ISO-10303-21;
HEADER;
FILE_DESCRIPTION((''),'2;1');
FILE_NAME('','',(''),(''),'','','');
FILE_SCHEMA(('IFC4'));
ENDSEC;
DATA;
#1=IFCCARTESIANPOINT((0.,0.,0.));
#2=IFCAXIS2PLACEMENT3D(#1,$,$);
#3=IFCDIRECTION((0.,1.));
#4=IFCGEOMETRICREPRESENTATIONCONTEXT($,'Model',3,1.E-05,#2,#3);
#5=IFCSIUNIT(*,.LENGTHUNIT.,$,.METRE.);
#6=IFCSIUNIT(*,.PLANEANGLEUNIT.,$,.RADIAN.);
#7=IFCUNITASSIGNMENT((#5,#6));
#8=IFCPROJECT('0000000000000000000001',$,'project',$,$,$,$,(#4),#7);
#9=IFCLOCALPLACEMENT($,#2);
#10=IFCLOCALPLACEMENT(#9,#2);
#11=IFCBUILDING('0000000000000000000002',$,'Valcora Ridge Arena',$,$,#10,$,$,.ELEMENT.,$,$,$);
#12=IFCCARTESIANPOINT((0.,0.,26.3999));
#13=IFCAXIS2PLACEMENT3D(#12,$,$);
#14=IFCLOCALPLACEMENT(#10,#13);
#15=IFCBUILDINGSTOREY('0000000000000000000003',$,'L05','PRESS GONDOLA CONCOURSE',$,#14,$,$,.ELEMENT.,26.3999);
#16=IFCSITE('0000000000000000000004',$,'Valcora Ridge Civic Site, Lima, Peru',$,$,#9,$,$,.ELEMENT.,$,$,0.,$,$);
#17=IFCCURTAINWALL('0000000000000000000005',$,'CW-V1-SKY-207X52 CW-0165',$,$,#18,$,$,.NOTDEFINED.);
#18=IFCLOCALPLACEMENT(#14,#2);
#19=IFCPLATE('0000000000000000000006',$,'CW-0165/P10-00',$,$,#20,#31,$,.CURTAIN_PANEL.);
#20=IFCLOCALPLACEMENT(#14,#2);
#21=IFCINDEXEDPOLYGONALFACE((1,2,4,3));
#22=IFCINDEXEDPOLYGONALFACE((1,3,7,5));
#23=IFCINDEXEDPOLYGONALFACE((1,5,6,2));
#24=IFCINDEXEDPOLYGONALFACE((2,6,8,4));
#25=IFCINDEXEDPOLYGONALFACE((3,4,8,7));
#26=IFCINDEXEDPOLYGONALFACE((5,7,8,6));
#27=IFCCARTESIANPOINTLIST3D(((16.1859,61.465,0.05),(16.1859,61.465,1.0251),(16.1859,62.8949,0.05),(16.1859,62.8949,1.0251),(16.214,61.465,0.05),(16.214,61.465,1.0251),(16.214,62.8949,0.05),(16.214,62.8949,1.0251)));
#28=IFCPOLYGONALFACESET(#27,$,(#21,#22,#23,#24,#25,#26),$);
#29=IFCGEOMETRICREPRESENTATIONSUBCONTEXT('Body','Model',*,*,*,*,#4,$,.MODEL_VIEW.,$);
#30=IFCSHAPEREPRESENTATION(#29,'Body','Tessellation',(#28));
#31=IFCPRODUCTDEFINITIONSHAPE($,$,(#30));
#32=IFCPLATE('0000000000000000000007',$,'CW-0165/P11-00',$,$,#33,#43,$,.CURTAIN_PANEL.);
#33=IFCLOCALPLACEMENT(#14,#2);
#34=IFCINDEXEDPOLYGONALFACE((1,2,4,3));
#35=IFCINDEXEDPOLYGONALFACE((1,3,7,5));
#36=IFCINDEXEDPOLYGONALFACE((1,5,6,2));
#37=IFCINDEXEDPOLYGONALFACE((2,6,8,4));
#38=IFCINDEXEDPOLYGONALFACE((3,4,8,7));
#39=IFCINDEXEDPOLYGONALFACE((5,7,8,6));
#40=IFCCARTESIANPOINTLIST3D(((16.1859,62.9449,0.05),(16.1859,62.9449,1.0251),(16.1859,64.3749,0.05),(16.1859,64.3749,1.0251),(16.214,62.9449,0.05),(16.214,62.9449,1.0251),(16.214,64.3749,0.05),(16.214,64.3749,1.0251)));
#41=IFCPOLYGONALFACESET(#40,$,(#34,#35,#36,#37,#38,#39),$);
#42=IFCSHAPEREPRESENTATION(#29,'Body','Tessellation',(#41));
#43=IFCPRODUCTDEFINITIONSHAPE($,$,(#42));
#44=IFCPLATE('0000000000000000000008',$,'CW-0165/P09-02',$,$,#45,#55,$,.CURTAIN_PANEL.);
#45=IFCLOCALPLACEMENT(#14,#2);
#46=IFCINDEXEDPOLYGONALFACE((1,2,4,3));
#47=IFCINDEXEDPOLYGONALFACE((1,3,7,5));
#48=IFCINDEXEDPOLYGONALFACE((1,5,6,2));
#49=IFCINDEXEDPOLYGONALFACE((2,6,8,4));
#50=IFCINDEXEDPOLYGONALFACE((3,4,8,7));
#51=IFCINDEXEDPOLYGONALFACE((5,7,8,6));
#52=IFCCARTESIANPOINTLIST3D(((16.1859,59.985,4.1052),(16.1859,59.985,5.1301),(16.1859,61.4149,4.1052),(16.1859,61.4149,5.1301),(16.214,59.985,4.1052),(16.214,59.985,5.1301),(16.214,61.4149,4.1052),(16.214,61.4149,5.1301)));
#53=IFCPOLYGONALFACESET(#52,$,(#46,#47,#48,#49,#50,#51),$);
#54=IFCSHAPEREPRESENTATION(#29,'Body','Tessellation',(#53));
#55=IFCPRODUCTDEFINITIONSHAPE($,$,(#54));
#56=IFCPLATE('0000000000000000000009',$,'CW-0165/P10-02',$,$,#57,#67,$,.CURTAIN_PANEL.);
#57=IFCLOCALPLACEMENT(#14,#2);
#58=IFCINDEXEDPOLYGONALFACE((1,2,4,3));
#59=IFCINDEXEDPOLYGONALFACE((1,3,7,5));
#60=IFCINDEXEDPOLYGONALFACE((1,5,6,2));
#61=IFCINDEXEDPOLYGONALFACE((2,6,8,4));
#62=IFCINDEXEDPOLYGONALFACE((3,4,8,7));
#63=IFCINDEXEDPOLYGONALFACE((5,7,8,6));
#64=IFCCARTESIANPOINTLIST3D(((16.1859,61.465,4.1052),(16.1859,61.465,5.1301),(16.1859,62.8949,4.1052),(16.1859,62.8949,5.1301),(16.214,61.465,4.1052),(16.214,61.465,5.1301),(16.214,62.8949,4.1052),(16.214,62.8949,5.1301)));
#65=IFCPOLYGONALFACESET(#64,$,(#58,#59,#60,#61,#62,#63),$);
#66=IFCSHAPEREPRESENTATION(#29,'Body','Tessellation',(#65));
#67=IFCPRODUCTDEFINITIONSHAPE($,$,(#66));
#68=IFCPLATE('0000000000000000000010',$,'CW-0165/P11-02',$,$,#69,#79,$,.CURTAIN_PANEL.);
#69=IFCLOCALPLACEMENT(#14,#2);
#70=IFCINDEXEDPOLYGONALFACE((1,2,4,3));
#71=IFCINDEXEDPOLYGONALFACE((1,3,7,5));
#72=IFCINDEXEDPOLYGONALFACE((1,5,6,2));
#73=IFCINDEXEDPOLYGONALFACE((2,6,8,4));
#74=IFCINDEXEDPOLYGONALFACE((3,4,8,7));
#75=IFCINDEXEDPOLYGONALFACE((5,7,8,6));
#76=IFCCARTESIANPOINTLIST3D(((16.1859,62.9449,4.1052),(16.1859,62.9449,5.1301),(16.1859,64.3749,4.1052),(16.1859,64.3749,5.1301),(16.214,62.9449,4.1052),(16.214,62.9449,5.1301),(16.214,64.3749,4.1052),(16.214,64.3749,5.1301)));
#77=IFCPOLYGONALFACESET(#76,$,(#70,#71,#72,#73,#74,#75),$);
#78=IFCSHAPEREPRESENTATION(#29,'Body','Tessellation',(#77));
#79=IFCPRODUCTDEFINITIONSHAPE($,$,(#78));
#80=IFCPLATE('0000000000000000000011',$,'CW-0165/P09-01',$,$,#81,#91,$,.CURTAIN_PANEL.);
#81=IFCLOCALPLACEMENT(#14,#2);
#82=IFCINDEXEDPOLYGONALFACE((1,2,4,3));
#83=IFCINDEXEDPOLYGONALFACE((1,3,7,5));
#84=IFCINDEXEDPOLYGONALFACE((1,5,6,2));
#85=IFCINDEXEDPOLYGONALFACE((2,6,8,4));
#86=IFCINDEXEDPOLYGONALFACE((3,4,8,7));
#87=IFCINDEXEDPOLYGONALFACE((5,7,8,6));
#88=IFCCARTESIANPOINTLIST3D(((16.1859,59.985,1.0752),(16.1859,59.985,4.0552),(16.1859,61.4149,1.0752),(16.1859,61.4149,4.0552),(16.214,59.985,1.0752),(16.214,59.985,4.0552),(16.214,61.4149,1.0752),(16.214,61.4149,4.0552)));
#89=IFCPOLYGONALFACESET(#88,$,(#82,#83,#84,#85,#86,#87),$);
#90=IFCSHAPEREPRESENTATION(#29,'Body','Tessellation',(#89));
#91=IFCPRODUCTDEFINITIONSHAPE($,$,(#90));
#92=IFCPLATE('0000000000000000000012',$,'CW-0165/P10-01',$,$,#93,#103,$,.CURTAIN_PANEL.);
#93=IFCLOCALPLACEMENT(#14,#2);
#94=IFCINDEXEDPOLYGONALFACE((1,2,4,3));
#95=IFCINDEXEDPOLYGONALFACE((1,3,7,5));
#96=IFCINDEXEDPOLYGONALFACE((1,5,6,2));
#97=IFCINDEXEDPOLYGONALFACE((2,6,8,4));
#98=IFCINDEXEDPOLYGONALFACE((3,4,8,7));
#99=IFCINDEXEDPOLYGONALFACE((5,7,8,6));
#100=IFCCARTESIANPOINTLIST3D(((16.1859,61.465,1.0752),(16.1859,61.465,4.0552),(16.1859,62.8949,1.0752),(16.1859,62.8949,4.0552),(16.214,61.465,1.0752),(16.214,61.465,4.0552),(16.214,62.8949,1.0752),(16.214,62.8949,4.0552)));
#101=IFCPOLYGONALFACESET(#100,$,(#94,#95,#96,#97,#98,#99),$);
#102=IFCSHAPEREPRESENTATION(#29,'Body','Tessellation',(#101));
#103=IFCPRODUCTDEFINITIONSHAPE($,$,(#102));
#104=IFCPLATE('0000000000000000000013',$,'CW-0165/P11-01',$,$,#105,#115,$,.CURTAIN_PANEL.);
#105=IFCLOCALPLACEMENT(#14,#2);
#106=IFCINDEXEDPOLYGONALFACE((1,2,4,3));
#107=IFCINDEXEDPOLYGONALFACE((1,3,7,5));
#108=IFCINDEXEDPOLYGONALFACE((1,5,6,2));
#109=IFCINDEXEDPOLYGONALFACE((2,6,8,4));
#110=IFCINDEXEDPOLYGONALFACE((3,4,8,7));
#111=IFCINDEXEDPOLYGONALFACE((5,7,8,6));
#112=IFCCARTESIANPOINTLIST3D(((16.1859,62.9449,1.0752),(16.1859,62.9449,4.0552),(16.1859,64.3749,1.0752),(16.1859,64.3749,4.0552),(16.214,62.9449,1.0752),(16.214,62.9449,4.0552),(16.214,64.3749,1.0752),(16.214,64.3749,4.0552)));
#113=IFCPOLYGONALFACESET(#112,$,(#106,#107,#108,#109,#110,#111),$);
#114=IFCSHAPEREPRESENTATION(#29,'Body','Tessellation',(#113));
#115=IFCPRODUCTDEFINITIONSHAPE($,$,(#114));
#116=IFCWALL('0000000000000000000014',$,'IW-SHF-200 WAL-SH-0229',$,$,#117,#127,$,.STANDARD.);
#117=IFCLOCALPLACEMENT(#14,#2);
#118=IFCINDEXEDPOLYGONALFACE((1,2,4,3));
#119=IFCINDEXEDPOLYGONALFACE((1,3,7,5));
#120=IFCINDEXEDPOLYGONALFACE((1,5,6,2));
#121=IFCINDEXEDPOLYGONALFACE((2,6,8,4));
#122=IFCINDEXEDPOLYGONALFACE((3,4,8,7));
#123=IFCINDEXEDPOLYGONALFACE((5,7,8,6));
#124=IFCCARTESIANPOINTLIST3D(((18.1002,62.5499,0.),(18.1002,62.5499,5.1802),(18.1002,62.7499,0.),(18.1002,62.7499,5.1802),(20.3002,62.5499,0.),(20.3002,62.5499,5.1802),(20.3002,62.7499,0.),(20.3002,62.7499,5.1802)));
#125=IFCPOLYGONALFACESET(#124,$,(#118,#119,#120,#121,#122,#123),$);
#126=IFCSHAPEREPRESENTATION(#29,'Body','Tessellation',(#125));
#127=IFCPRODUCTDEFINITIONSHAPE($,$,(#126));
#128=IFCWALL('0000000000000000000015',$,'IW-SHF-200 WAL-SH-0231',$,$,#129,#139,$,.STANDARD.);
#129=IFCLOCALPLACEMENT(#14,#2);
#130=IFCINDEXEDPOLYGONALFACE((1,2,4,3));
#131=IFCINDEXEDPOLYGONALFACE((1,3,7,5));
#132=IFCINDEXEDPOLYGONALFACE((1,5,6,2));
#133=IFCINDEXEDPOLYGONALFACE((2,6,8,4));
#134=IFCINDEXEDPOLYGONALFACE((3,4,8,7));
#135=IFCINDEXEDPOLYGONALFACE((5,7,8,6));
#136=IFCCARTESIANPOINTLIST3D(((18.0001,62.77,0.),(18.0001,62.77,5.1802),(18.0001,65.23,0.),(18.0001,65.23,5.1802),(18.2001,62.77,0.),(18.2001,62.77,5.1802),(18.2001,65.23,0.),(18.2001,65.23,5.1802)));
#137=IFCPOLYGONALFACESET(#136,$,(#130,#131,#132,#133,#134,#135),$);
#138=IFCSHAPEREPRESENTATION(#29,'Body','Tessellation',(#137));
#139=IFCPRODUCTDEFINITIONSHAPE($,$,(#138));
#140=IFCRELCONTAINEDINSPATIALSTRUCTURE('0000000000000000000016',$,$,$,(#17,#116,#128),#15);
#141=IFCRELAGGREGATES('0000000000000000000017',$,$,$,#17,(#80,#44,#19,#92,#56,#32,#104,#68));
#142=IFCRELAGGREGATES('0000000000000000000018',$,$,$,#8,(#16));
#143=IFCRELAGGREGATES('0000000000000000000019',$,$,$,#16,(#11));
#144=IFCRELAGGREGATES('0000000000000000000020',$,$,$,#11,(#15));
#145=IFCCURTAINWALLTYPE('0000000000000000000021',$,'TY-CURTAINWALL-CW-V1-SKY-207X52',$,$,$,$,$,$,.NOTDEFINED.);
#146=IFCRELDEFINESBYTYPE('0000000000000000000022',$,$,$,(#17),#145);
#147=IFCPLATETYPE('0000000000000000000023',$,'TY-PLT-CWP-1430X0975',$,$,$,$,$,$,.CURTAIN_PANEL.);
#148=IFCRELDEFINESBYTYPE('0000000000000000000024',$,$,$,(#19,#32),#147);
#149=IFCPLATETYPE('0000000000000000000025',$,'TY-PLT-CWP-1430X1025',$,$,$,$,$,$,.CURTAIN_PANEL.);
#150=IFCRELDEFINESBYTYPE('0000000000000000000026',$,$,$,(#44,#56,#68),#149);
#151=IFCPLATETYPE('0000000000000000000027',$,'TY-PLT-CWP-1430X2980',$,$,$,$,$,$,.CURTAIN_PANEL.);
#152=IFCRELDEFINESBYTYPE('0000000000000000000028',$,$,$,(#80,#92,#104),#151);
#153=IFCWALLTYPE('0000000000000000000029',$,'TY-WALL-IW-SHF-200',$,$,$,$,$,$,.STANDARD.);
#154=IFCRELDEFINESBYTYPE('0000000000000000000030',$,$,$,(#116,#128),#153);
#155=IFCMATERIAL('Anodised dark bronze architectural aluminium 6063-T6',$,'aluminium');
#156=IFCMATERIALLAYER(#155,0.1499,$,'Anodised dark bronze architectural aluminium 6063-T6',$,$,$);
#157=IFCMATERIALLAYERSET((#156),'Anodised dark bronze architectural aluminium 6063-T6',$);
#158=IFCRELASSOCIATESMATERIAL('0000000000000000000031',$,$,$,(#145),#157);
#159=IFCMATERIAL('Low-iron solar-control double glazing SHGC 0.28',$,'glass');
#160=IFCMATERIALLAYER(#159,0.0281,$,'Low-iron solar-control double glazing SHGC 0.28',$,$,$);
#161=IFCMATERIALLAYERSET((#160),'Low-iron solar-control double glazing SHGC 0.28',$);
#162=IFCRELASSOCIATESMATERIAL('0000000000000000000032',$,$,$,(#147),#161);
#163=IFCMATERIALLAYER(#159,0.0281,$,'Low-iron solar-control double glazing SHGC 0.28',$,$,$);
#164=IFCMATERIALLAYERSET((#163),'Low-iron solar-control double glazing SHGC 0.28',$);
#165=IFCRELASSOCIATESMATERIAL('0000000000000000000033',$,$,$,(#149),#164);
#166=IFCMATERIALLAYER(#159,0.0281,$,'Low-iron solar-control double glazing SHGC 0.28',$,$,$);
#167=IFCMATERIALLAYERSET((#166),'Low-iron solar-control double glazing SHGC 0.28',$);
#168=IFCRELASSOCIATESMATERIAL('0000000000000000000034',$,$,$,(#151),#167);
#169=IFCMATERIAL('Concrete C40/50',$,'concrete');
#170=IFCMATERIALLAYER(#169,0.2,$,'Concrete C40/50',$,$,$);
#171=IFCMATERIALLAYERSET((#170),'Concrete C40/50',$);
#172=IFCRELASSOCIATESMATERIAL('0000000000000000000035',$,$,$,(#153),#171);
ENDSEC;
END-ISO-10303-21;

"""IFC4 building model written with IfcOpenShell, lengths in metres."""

from ifc_helpers import new_model, si_unit, direction, frame, frame_2d, origin, origin_2d, place, context, subcontext, project, spatial, rectangle, extrude, material, layer, layer_set, type_object, element, aggregate, save


model = new_model("IFC4")

# Units and contexts
model_context = context("Model", 3, precision=1e-05, world=origin(), true_north=direction((0.0, 1.0)))
body_context = subcontext(model_context, "Body", "Model", "MODEL_VIEW")
ifc_project = project(units=[si_unit("LENGTHUNIT", "METRE"), si_unit("PLANEANGLEUNIT", "RADIAN")], contexts=[model_context])

# Site, building, storey
site_placement = place(None, origin())
site = spatial("IfcSite", under=ifc_project, at=site_placement, Name="Valcora Ridge Civic Site, Lima, Peru", CompositionType="ELEMENT", RefElevation=0.0)
building_placement = place(site_placement, origin())
building = spatial("IfcBuilding", under=site, at=building_placement, Name="Valcora Ridge Arena", CompositionType="ELEMENT")
storey_placement = place(building_placement, frame((0.0, 0.0, 26.3999)))
storey = spatial("IfcBuildingStorey", under=building, at=storey_placement, Name="L05", Description="PRESS GONDOLA CONCOURSE", CompositionType="ELEMENT", Elevation=26.3999)

# Curtain wall, plates
ifc_material_1 = material(Name="Anodised dark bronze architectural aluminium 6063-T6", Category="aluminium")
ifc_layer_1 = layer(ifc_material_1, 0.1499, Name="Anodised dark bronze architectural aluminium 6063-T6")
ifc_layer_set_1 = layer_set([ifc_layer_1], Name="Anodised dark bronze architectural aluminium 6063-T6")
curtain_wall_type = type_object("IfcCurtainWallType", Name="TY-CURTAINWALL-CW-V1-SKY-207X52", PredefinedType="NOTDEFINED", material=ifc_layer_set_1)
curtain_wall_placement = place(storey_placement, origin())
curtain_wall = element("IfcCurtainWall", 1, at=curtain_wall_placement, inside=storey, type_object=curtain_wall_type, Name="CW-V1-SKY-207X52 CW-0165", PredefinedType="NOTDEFINED")
ifc_material_2 = material(Name="Low-iron solar-control double glazing SHGC 0.28", Category="glass")
ifc_layer_2 = layer(ifc_material_2, 0.0281, Name="Low-iron solar-control double glazing SHGC 0.28")
ifc_layer_set_2 = layer_set([ifc_layer_2], Name="Low-iron solar-control double glazing SHGC 0.28")
plate_type_1 = type_object("IfcPlateType", Name="TY-PLT-CWP-1430X0975", PredefinedType="CURTAIN_PANEL", material=ifc_layer_set_2)
plate_1_placement = place(storey_placement, frame((16.2, 62.1799, 0.05), z_axis=(0.0, 0.0, 1.0), x_axis=(0.0, 1.0, 0.0)))
plate_1 = element("IfcPlate", 2, at=plate_1_placement, type_object=plate_type_1, Name="CW-0165/P10-00", PredefinedType="CURTAIN_PANEL", context=body_context, shape_type="SweptSolid", body=[
    extrude(rectangle(XDim=1.4299, YDim=0.0281, at=origin_2d()), origin(), (0.0, 0.0, 1.0), 0.9751),
])
plate_2_placement = place(storey_placement, frame((16.2, 63.6599, 0.05), z_axis=(0.0, 0.0, 1.0), x_axis=(0.0, 1.0, 0.0)))
plate_2 = element("IfcPlate", 3, at=plate_2_placement, type_object=plate_type_1, Name="CW-0165/P11-00", PredefinedType="CURTAIN_PANEL", context=body_context, shape_type="SweptSolid", body=[
    extrude(rectangle(XDim=1.4299, YDim=0.0281, at=origin_2d()), origin(), (0.0, 0.0, 1.0), 0.9751),
])
ifc_layer_3 = layer(ifc_material_2, 0.0281, Name="Low-iron solar-control double glazing SHGC 0.28")
ifc_layer_set_3 = layer_set([ifc_layer_3], Name="Low-iron solar-control double glazing SHGC 0.28")
plate_type_2 = type_object("IfcPlateType", Name="TY-PLT-CWP-1430X1025", PredefinedType="CURTAIN_PANEL", material=ifc_layer_set_3)
plate_3_placement = place(storey_placement, frame((16.2, 60.7, 4.1052), z_axis=(0.0, 0.0, 1.0), x_axis=(0.0, 1.0, 0.0)))
plate_3 = element("IfcPlate", 4, at=plate_3_placement, type_object=plate_type_2, Name="CW-0165/P09-02", PredefinedType="CURTAIN_PANEL", context=body_context, shape_type="SweptSolid", body=[
    extrude(rectangle(XDim=1.4299, YDim=0.0281, at=origin_2d()), origin(), (0.0, 0.0, 1.0), 1.0249),
])
plate_4_placement = place(storey_placement, frame((16.2, 62.1799, 4.1052), z_axis=(0.0, 0.0, 1.0), x_axis=(0.0, 1.0, 0.0)))
plate_4 = element("IfcPlate", 5, at=plate_4_placement, type_object=plate_type_2, Name="CW-0165/P10-02", PredefinedType="CURTAIN_PANEL", context=body_context, shape_type="SweptSolid", body=[
    extrude(rectangle(XDim=1.4299, YDim=0.0281, at=origin_2d()), origin(), (0.0, 0.0, 1.0), 1.0249),
])
plate_5_placement = place(storey_placement, frame((16.2, 63.6599, 4.1052), z_axis=(0.0, 0.0, 1.0), x_axis=(0.0, 1.0, 0.0)))
plate_5 = element("IfcPlate", 6, at=plate_5_placement, type_object=plate_type_2, Name="CW-0165/P11-02", PredefinedType="CURTAIN_PANEL", context=body_context, shape_type="SweptSolid", body=[
    extrude(rectangle(XDim=1.4299, YDim=0.0281, at=origin_2d()), origin(), (0.0, 0.0, 1.0), 1.0249),
])
ifc_layer_4 = layer(ifc_material_2, 0.0281, Name="Low-iron solar-control double glazing SHGC 0.28")
ifc_layer_set_4 = layer_set([ifc_layer_4], Name="Low-iron solar-control double glazing SHGC 0.28")
plate_type_3 = type_object("IfcPlateType", Name="TY-PLT-CWP-1430X2980", PredefinedType="CURTAIN_PANEL", material=ifc_layer_set_4)
plate_6_placement = place(storey_placement, frame((16.2, 60.7, 1.0752), z_axis=(0.0, 0.0, 1.0), x_axis=(0.0, 1.0, 0.0)))
plate_6 = element("IfcPlate", 7, at=plate_6_placement, type_object=plate_type_3, Name="CW-0165/P09-01", PredefinedType="CURTAIN_PANEL", context=body_context, shape_type="SweptSolid", body=[
    extrude(rectangle(XDim=1.4299, YDim=0.0281, at=origin_2d()), origin(), (0.0, 0.0, 1.0), 2.98),
])
plate_7_placement = place(storey_placement, frame((16.2, 62.1799, 1.0752), z_axis=(0.0, 0.0, 1.0), x_axis=(0.0, 1.0, 0.0)))
plate_7 = element("IfcPlate", 8, at=plate_7_placement, type_object=plate_type_3, Name="CW-0165/P10-01", PredefinedType="CURTAIN_PANEL", context=body_context, shape_type="SweptSolid", body=[
    extrude(rectangle(XDim=1.4299, YDim=0.0281, at=origin_2d()), origin(), (0.0, 0.0, 1.0), 2.98),
])
plate_8_placement = place(storey_placement, frame((16.2, 63.6599, 1.0752), z_axis=(0.0, 0.0, 1.0), x_axis=(0.0, 1.0, 0.0)))
plate_8 = element("IfcPlate", 9, at=plate_8_placement, type_object=plate_type_3, Name="CW-0165/P11-01", PredefinedType="CURTAIN_PANEL", context=body_context, shape_type="SweptSolid", body=[
    extrude(rectangle(XDim=1.4299, YDim=0.0281, at=origin_2d()), origin(), (0.0, 0.0, 1.0), 2.98),
])
aggregate(curtain_wall, [plate_6, plate_3, plate_1, plate_7, plate_4, plate_2, plate_8, plate_5])

# Walls
ifc_material_3 = material(Name="Concrete C40/50", Category="concrete")
ifc_layer_5 = layer(ifc_material_3, 0.2, Name="Concrete C40/50")
ifc_layer_set_5 = layer_set([ifc_layer_5], Name="Concrete C40/50")
wall_type = type_object("IfcWallType", Name="TY-WALL-IW-SHF-200", PredefinedType="STANDARD", material=ifc_layer_set_5)
wall_1_placement = place(storey_placement, frame((18.1001, 62.6499, 0.0), z_axis=(0.0, 0.0, 1.0), x_axis=(1.0, 0.0, 0.0)))
element("IfcWall", 10, at=wall_1_placement, inside=storey, type_object=wall_type, Name="IW-SHF-200 WAL-SH-0229", PredefinedType="STANDARD", context=body_context, shape_type="SweptSolid", body=[
    extrude(rectangle(XDim=2.2, YDim=0.2, at=frame_2d((1.1001, 0.0))), origin(), (0.0, 0.0, 1.0), 5.1802),
])
wall_2_placement = place(storey_placement, frame((18.1001, 62.77, 0.0), z_axis=(0.0, 0.0, 1.0), x_axis=(0.0, 1.0, 0.0)))
element("IfcWall", 11, at=wall_2_placement, inside=storey, type_object=wall_type, Name="IW-SHF-200 WAL-SH-0231", PredefinedType="STANDARD", context=body_context, shape_type="SweptSolid", body=[
    extrude(rectangle(XDim=2.46, YDim=0.2, at=frame_2d((1.23, 0.0))), origin(), (0.0, 0.0, 1.0), 5.1802),
])

save(model, "model.ifc")
